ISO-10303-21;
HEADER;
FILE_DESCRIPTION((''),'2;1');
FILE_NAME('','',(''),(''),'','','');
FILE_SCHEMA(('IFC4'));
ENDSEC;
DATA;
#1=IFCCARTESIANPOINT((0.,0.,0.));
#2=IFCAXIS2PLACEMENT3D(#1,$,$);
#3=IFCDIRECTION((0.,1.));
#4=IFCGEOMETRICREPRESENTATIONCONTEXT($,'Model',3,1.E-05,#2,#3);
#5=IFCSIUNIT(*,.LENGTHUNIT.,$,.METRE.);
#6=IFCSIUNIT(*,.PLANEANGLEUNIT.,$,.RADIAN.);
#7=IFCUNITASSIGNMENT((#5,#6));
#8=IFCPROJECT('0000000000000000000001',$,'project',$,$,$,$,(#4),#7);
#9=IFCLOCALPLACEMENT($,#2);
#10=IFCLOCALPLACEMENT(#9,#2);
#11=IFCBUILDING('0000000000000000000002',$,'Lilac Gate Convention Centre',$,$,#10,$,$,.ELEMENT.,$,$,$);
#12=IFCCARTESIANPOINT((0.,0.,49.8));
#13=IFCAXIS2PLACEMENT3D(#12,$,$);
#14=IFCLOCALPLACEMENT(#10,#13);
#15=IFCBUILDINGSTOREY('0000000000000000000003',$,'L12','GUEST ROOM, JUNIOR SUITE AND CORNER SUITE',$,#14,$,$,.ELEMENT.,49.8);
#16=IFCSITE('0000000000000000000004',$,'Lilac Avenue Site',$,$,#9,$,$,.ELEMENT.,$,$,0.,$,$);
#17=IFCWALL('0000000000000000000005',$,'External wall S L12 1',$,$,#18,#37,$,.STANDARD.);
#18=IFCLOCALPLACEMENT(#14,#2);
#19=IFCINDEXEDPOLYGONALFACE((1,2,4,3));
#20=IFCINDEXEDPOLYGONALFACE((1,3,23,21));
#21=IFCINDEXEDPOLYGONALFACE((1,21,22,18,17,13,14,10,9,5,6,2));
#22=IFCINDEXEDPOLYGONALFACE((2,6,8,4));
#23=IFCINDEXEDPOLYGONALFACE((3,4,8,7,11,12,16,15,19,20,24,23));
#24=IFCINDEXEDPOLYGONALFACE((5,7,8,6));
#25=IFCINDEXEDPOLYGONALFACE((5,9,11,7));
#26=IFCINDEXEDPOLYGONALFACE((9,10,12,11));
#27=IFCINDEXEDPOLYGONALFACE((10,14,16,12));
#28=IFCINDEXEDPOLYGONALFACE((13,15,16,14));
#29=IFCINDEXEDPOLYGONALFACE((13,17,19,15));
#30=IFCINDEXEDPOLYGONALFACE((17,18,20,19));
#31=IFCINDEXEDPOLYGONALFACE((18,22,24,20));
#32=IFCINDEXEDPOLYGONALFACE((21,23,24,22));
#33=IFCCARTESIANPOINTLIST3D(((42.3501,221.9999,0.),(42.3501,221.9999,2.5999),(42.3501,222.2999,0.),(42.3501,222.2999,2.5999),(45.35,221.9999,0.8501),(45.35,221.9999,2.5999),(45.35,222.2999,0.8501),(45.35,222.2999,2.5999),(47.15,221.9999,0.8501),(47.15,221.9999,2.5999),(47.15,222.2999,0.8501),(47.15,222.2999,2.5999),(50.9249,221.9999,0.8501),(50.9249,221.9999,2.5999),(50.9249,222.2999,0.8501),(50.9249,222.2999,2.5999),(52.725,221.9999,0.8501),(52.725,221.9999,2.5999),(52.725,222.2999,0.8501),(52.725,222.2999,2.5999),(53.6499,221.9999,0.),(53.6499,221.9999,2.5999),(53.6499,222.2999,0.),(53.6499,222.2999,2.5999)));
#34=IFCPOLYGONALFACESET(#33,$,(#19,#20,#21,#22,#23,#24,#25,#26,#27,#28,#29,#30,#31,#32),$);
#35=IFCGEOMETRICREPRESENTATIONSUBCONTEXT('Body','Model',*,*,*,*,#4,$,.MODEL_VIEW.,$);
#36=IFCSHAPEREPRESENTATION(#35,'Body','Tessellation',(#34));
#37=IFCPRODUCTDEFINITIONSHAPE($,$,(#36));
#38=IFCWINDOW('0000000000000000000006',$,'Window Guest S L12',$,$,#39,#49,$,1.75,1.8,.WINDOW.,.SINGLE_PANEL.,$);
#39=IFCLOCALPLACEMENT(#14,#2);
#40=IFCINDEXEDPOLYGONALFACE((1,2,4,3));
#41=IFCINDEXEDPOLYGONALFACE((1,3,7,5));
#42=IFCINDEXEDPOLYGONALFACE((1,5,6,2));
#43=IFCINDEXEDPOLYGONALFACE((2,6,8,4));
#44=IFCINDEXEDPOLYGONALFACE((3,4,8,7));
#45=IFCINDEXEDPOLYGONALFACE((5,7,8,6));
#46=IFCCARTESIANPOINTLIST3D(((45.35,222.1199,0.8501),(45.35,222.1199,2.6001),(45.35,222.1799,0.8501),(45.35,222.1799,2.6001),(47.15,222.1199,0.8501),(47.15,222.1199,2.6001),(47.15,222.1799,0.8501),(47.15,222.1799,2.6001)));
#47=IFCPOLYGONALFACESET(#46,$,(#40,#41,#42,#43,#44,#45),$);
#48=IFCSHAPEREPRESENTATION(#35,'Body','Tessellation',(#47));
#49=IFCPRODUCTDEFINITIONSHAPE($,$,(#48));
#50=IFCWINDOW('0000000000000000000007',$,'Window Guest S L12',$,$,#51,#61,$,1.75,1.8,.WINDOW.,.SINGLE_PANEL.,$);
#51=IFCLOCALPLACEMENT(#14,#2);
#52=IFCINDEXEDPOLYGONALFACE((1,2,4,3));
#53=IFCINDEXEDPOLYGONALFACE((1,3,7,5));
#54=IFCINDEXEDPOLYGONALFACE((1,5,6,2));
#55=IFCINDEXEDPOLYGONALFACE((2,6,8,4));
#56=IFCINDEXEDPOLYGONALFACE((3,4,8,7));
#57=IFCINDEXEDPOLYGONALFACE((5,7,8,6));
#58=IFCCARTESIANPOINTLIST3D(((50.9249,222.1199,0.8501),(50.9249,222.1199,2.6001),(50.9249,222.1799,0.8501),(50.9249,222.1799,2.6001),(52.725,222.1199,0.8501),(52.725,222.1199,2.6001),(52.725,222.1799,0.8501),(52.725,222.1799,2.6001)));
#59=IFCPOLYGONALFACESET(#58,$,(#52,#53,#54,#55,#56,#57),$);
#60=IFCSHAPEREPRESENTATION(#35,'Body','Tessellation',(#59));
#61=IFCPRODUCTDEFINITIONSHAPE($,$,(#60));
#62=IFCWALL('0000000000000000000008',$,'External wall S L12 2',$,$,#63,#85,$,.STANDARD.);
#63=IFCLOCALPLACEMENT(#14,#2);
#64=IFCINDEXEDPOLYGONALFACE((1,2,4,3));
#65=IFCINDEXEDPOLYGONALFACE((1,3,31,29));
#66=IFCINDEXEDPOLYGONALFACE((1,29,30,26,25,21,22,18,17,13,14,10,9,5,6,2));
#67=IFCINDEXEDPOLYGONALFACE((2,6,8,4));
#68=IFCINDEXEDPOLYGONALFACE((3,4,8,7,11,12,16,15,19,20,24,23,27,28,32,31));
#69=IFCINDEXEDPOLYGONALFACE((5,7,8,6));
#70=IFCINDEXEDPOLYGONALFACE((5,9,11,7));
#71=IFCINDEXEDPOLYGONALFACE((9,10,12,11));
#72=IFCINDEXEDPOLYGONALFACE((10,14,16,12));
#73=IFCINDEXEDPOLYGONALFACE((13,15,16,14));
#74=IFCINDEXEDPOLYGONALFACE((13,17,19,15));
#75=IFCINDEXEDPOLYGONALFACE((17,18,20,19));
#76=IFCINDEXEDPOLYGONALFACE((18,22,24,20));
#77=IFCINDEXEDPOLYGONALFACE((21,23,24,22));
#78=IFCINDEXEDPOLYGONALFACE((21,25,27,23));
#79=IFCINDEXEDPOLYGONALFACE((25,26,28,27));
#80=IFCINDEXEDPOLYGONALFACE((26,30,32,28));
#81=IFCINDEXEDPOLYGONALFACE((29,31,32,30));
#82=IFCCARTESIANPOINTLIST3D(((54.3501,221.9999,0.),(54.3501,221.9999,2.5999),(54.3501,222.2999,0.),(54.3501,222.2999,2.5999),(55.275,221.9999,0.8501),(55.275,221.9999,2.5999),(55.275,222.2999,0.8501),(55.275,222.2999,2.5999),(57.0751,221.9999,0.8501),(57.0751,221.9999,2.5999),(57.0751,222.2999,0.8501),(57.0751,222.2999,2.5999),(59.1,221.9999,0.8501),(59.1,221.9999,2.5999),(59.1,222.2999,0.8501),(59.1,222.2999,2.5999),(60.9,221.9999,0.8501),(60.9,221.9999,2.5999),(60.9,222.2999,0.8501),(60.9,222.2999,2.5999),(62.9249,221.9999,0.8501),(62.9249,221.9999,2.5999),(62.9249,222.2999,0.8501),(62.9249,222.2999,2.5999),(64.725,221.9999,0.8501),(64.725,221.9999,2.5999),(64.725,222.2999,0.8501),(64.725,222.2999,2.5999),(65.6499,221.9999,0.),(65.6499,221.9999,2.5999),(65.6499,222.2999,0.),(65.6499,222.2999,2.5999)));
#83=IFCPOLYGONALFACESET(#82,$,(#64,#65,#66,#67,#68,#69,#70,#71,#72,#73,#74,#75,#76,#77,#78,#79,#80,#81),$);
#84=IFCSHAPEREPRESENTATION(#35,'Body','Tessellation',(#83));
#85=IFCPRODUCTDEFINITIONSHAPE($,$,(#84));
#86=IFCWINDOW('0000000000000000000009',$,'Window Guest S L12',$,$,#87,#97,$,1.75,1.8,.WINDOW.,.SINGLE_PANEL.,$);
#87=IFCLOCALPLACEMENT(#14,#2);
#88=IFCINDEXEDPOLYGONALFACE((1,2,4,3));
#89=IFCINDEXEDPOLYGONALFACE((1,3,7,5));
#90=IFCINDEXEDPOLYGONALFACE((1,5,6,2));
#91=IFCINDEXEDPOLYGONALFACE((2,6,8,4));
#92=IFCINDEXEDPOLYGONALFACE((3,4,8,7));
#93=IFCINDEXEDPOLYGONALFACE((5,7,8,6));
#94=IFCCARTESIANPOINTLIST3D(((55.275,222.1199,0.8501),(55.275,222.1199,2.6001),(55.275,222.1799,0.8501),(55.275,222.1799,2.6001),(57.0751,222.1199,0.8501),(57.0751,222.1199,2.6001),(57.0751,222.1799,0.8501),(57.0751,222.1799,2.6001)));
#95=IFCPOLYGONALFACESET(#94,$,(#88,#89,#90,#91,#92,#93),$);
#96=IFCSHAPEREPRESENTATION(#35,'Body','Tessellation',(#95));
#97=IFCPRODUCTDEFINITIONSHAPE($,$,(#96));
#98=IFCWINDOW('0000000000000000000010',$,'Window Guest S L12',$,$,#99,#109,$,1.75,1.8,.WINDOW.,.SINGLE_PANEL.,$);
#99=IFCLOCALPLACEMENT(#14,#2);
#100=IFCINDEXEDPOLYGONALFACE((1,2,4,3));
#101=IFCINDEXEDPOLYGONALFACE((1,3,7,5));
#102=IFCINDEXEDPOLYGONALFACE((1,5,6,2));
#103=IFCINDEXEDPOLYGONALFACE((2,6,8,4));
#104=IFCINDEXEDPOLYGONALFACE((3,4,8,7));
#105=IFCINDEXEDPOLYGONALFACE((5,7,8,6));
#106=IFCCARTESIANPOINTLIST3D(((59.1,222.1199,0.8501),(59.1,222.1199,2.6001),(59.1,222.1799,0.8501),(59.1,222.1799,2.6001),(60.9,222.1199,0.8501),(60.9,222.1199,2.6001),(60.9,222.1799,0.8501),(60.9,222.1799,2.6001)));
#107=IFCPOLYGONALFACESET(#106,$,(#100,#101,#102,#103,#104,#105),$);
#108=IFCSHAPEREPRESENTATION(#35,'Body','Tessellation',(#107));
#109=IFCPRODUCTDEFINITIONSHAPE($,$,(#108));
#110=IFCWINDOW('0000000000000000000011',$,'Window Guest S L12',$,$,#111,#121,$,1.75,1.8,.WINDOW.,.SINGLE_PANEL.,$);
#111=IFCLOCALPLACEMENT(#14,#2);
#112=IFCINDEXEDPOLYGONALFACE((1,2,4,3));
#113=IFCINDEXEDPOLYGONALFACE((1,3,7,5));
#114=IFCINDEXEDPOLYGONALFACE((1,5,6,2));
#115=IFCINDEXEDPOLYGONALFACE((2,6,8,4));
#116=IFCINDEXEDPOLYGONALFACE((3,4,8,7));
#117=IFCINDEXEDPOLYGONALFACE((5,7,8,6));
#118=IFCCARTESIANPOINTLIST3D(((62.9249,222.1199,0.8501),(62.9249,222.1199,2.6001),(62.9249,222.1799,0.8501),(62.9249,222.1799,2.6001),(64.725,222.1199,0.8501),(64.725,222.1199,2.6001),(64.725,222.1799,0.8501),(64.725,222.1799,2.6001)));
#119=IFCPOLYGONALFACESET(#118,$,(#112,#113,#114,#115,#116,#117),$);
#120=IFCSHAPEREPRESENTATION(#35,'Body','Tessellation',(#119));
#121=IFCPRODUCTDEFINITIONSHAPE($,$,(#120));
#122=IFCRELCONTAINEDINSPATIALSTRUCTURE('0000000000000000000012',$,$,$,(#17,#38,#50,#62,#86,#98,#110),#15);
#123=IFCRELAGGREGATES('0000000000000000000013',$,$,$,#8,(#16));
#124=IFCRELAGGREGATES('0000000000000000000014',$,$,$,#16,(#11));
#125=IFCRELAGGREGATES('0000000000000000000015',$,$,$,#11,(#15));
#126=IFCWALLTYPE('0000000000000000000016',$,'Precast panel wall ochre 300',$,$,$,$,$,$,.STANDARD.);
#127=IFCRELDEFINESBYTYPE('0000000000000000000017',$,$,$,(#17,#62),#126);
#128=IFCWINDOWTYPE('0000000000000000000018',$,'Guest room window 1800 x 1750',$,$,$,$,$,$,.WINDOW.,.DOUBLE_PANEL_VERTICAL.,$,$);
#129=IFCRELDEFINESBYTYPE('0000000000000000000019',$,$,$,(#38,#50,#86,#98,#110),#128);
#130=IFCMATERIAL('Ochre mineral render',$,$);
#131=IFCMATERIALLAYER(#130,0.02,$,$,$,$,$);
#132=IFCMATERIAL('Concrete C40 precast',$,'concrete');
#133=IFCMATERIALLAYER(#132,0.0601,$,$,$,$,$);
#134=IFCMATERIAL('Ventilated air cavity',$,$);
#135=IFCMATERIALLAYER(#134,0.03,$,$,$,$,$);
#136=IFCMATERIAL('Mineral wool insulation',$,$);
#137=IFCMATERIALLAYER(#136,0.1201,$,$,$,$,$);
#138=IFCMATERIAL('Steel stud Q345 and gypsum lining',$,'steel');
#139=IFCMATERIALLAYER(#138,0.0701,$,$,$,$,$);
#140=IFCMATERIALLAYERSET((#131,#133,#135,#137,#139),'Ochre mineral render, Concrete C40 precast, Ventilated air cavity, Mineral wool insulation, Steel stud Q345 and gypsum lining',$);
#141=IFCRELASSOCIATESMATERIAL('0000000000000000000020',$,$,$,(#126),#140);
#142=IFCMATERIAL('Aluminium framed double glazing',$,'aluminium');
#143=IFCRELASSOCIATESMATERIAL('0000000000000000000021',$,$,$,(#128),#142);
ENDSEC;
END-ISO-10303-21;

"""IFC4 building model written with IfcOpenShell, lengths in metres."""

from ifc_helpers import new_model, si_unit, direction, frame, frame_2d, origin, place, context, subcontext, project, spatial, rectangle, extrude, material, layer, layer_set, type_object, element, fill, save


model = new_model("IFC4")

# Units and contexts
model_context = context("Model", 3, precision=1e-05, world=origin(), true_north=direction((0.0, 1.0)))
body_context = subcontext(model_context, "Body", "Model", "MODEL_VIEW")
ifc_project = project(units=[si_unit("LENGTHUNIT", "METRE"), si_unit("PLANEANGLEUNIT", "RADIAN")], contexts=[model_context])

# Site, building, storey
site_placement = place(None, origin())
site = spatial("IfcSite", under=ifc_project, at=site_placement, Name="Lilac Avenue Site", CompositionType="ELEMENT", RefElevation=0.0)
building_placement = place(site_placement, origin())
building = spatial("IfcBuilding", under=site, at=building_placement, Name="Lilac Gate Convention Centre", CompositionType="ELEMENT")
storey_placement = place(building_placement, frame((0.0, 0.0, 49.8)))
storey = spatial("IfcBuildingStorey", under=building, at=storey_placement, Name="L12", Description="GUEST ROOM, JUNIOR SUITE AND CORNER SUITE", CompositionType="ELEMENT", Elevation=49.8)

# Shared definitions
ifc_material_1 = material(Name="Aluminium framed double glazing", Category="aluminium")

# Shared definitions
ifc_material_2 = material(Name="Concrete C40 precast", Category="concrete")

# Walls, openings, windows
ifc_material_3 = material(Name="Ochre mineral render")
ifc_layer_1 = layer(ifc_material_3, 0.02)
ifc_layer_2 = layer(ifc_material_2, 0.0601)
ifc_material_4 = material(Name="Ventilated air cavity")
ifc_layer_3 = layer(ifc_material_4, 0.03)
ifc_material_5 = material(Name="Mineral wool insulation")
ifc_layer_4 = layer(ifc_material_5, 0.1201)
ifc_material_6 = material(Name="Steel stud Q345 and gypsum lining", Category="steel")
ifc_layer_5 = layer(ifc_material_6, 0.0701)
ifc_layer_set_1 = layer_set([ifc_layer_1, ifc_layer_2, ifc_layer_3, ifc_layer_4, ifc_layer_5], Name="Ochre mineral render, Concrete C40 precast, Ventilated air cavity, Mineral wool insulation, Steel stud Q345 and gypsum lining")
wall_type_1 = type_object("IfcWallType", Name="Precast panel wall ochre 300", PredefinedType="STANDARD", material=ifc_layer_set_1)
wall_1_placement = place(storey_placement, frame((42.3501, 222.1499, 0.0), z_axis=(0.0, 0.0, 1.0), x_axis=(1.0, 0.0, 0.0)))
wall_1 = element("IfcWall", 1, at=wall_1_placement, inside=storey, type_object=wall_type_1, Name="External wall S L12 1", PredefinedType="STANDARD", context=body_context, shape_type="SweptSolid", body=[
    extrude(rectangle(XDim=11.2998, YDim=0.3, at=frame_2d((5.6499, 0.0))), origin(), (0.0, 0.0, 1.0), 2.5999),
])
opening_1_placement = place(wall_1_placement, frame((3.0, 0.0, 0.8501)))
opening_1 = element("IfcOpeningElement", 2, at=opening_1_placement, cuts=wall_1, PredefinedType="OPENING", context=body_context, shape_type="SweptSolid", body=[
    extrude(rectangle(XDim=1.8, YDim=1.75, at=frame_2d((0.8999, 0.875))), frame((0.0, 0.1599, 0.0), z_axis=(0.0, -1.0, 0.0), x_axis=(1.0, 0.0, 0.0)), (0.0, 0.0, 1.0), 0.3201),
])
opening_2_placement = place(wall_1_placement, frame((8.575, 0.0, 0.8501)))
opening_2 = element("IfcOpeningElement", 3, at=opening_2_placement, cuts=wall_1, PredefinedType="OPENING", context=body_context, shape_type="SweptSolid", body=[
    extrude(rectangle(XDim=1.8, YDim=1.75, at=frame_2d((0.8999, 0.875))), frame((0.0, 0.1599, 0.0), z_axis=(0.0, -1.0, 0.0), x_axis=(1.0, 0.0, 0.0)), (0.0, 0.0, 1.0), 0.3201),
])
window_type = type_object("IfcWindowType", Name="Guest room window 1800 x 1750", PartitioningType="DOUBLE_PANEL_VERTICAL", PredefinedType="WINDOW", material=ifc_material_1)
window_1_placement = place(opening_1_placement, origin())
window_1 = element("IfcWindow", 4, at=window_1_placement, inside=storey, type_object=window_type, Name="Window Guest S L12", OverallHeight=1.75, OverallWidth=1.8, PartitioningType="SINGLE_PANEL", PredefinedType="WINDOW", context=body_context, shape_type="SweptSolid", body=[
    extrude(rectangle(XDim=1.8, YDim=1.75, at=frame_2d((0.8999, 0.875))), frame((0.0, 0.03, 0.0), z_axis=(0.0, -1.0, 0.0), x_axis=(1.0, 0.0, 0.0)), (0.0, 0.0, 1.0), 0.0601),
])
fill(opening_1, window_1)
window_2_placement = place(opening_2_placement, origin())
window_2 = element("IfcWindow", 5, at=window_2_placement, inside=storey, type_object=window_type, Name="Window Guest S L12", OverallHeight=1.75, OverallWidth=1.8, PartitioningType="SINGLE_PANEL", PredefinedType="WINDOW", context=body_context, shape_type="SweptSolid", body=[
    extrude(rectangle(XDim=1.8, YDim=1.75, at=frame_2d((0.8999, 0.875))), frame((0.0, 0.03, 0.0), z_axis=(0.0, -1.0, 0.0), x_axis=(1.0, 0.0, 0.0)), (0.0, 0.0, 1.0), 0.0601),
])
fill(opening_2, window_2)
wall_2_placement = place(storey_placement, frame((54.3501, 222.1499, 0.0), z_axis=(0.0, 0.0, 1.0), x_axis=(1.0, 0.0, 0.0)))
wall_2 = element("IfcWall", 6, at=wall_2_placement, inside=storey, type_object=wall_type_1, Name="External wall S L12 2", PredefinedType="STANDARD", context=body_context, shape_type="SweptSolid", body=[
    extrude(rectangle(XDim=11.2998, YDim=0.3, at=frame_2d((5.6499, 0.0))), origin(), (0.0, 0.0, 1.0), 2.5999),
])
opening_3_placement = place(wall_2_placement, frame((0.925, 0.0, 0.8501)))
opening_3 = element("IfcOpeningElement", 7, at=opening_3_placement, cuts=wall_2, PredefinedType="OPENING", context=body_context, shape_type="SweptSolid", body=[
    extrude(rectangle(XDim=1.8, YDim=1.75, at=frame_2d((0.8999, 0.875))), frame((0.0, 0.1599, 0.0), z_axis=(0.0, -1.0, 0.0), x_axis=(1.0, 0.0, 0.0)), (0.0, 0.0, 1.0), 0.3201),
])
opening_4_placement = place(wall_2_placement, frame((4.75, 0.0, 0.8501)))
opening_4 = element("IfcOpeningElement", 8, at=opening_4_placement, cuts=wall_2, PredefinedType="OPENING", context=body_context, shape_type="SweptSolid", body=[
    extrude(rectangle(XDim=1.8, YDim=1.75, at=frame_2d((0.8999, 0.875))), frame((0.0, 0.1599, 0.0), z_axis=(0.0, -1.0, 0.0), x_axis=(1.0, 0.0, 0.0)), (0.0, 0.0, 1.0), 0.3201),
])
opening_5_placement = place(wall_2_placement, frame((8.575, 0.0, 0.8501)))
opening_5 = element("IfcOpeningElement", 9, at=opening_5_placement, cuts=wall_2, PredefinedType="OPENING", context=body_context, shape_type="SweptSolid", body=[
    extrude(rectangle(XDim=1.8, YDim=1.75, at=frame_2d((0.8999, 0.875))), frame((0.0, 0.1599, 0.0), z_axis=(0.0, -1.0, 0.0), x_axis=(1.0, 0.0, 0.0)), (0.0, 0.0, 1.0), 0.3201),
])
window_3_placement = place(opening_3_placement, origin())
window_3 = element("IfcWindow", 10, at=window_3_placement, inside=storey, type_object=window_type, Name="Window Guest S L12", OverallHeight=1.75, OverallWidth=1.8, PartitioningType="SINGLE_PANEL", PredefinedType="WINDOW", context=body_context, shape_type="SweptSolid", body=[
    extrude(rectangle(XDim=1.8, YDim=1.75, at=frame_2d((0.8999, 0.875))), frame((0.0, 0.03, 0.0), z_axis=(0.0, -1.0, 0.0), x_axis=(1.0, 0.0, 0.0)), (0.0, 0.0, 1.0), 0.0601),
])
fill(opening_3, window_3)
window_4_placement = place(opening_4_placement, origin())
window_4 = element("IfcWindow", 11, at=window_4_placement, inside=storey, type_object=window_type, Name="Window Guest S L12", OverallHeight=1.75, OverallWidth=1.8, PartitioningType="SINGLE_PANEL", PredefinedType="WINDOW", context=body_context, shape_type="SweptSolid", body=[
    extrude(rectangle(XDim=1.8, YDim=1.75, at=frame_2d((0.8999, 0.875))), frame((0.0, 0.03, 0.0), z_axis=(0.0, -1.0, 0.0), x_axis=(1.0, 0.0, 0.0)), (0.0, 0.0, 1.0), 0.0601),
])
fill(opening_4, window_4)
window_5_placement = place(opening_5_placement, origin())
window_5 = element("IfcWindow", 12, at=window_5_placement, inside=storey, type_object=window_type, Name="Window Guest S L12", OverallHeight=1.75, OverallWidth=1.8, PartitioningType="SINGLE_PANEL", PredefinedType="WINDOW", context=body_context, shape_type="SweptSolid", body=[
    extrude(rectangle(XDim=1.8, YDim=1.75, at=frame_2d((0.8999, 0.875))), frame((0.0, 0.03, 0.0), z_axis=(0.0, -1.0, 0.0), x_axis=(1.0, 0.0, 0.0)), (0.0, 0.0, 1.0), 0.0601),
])
fill(opening_5, window_5)

save(model, "model.ifc")
